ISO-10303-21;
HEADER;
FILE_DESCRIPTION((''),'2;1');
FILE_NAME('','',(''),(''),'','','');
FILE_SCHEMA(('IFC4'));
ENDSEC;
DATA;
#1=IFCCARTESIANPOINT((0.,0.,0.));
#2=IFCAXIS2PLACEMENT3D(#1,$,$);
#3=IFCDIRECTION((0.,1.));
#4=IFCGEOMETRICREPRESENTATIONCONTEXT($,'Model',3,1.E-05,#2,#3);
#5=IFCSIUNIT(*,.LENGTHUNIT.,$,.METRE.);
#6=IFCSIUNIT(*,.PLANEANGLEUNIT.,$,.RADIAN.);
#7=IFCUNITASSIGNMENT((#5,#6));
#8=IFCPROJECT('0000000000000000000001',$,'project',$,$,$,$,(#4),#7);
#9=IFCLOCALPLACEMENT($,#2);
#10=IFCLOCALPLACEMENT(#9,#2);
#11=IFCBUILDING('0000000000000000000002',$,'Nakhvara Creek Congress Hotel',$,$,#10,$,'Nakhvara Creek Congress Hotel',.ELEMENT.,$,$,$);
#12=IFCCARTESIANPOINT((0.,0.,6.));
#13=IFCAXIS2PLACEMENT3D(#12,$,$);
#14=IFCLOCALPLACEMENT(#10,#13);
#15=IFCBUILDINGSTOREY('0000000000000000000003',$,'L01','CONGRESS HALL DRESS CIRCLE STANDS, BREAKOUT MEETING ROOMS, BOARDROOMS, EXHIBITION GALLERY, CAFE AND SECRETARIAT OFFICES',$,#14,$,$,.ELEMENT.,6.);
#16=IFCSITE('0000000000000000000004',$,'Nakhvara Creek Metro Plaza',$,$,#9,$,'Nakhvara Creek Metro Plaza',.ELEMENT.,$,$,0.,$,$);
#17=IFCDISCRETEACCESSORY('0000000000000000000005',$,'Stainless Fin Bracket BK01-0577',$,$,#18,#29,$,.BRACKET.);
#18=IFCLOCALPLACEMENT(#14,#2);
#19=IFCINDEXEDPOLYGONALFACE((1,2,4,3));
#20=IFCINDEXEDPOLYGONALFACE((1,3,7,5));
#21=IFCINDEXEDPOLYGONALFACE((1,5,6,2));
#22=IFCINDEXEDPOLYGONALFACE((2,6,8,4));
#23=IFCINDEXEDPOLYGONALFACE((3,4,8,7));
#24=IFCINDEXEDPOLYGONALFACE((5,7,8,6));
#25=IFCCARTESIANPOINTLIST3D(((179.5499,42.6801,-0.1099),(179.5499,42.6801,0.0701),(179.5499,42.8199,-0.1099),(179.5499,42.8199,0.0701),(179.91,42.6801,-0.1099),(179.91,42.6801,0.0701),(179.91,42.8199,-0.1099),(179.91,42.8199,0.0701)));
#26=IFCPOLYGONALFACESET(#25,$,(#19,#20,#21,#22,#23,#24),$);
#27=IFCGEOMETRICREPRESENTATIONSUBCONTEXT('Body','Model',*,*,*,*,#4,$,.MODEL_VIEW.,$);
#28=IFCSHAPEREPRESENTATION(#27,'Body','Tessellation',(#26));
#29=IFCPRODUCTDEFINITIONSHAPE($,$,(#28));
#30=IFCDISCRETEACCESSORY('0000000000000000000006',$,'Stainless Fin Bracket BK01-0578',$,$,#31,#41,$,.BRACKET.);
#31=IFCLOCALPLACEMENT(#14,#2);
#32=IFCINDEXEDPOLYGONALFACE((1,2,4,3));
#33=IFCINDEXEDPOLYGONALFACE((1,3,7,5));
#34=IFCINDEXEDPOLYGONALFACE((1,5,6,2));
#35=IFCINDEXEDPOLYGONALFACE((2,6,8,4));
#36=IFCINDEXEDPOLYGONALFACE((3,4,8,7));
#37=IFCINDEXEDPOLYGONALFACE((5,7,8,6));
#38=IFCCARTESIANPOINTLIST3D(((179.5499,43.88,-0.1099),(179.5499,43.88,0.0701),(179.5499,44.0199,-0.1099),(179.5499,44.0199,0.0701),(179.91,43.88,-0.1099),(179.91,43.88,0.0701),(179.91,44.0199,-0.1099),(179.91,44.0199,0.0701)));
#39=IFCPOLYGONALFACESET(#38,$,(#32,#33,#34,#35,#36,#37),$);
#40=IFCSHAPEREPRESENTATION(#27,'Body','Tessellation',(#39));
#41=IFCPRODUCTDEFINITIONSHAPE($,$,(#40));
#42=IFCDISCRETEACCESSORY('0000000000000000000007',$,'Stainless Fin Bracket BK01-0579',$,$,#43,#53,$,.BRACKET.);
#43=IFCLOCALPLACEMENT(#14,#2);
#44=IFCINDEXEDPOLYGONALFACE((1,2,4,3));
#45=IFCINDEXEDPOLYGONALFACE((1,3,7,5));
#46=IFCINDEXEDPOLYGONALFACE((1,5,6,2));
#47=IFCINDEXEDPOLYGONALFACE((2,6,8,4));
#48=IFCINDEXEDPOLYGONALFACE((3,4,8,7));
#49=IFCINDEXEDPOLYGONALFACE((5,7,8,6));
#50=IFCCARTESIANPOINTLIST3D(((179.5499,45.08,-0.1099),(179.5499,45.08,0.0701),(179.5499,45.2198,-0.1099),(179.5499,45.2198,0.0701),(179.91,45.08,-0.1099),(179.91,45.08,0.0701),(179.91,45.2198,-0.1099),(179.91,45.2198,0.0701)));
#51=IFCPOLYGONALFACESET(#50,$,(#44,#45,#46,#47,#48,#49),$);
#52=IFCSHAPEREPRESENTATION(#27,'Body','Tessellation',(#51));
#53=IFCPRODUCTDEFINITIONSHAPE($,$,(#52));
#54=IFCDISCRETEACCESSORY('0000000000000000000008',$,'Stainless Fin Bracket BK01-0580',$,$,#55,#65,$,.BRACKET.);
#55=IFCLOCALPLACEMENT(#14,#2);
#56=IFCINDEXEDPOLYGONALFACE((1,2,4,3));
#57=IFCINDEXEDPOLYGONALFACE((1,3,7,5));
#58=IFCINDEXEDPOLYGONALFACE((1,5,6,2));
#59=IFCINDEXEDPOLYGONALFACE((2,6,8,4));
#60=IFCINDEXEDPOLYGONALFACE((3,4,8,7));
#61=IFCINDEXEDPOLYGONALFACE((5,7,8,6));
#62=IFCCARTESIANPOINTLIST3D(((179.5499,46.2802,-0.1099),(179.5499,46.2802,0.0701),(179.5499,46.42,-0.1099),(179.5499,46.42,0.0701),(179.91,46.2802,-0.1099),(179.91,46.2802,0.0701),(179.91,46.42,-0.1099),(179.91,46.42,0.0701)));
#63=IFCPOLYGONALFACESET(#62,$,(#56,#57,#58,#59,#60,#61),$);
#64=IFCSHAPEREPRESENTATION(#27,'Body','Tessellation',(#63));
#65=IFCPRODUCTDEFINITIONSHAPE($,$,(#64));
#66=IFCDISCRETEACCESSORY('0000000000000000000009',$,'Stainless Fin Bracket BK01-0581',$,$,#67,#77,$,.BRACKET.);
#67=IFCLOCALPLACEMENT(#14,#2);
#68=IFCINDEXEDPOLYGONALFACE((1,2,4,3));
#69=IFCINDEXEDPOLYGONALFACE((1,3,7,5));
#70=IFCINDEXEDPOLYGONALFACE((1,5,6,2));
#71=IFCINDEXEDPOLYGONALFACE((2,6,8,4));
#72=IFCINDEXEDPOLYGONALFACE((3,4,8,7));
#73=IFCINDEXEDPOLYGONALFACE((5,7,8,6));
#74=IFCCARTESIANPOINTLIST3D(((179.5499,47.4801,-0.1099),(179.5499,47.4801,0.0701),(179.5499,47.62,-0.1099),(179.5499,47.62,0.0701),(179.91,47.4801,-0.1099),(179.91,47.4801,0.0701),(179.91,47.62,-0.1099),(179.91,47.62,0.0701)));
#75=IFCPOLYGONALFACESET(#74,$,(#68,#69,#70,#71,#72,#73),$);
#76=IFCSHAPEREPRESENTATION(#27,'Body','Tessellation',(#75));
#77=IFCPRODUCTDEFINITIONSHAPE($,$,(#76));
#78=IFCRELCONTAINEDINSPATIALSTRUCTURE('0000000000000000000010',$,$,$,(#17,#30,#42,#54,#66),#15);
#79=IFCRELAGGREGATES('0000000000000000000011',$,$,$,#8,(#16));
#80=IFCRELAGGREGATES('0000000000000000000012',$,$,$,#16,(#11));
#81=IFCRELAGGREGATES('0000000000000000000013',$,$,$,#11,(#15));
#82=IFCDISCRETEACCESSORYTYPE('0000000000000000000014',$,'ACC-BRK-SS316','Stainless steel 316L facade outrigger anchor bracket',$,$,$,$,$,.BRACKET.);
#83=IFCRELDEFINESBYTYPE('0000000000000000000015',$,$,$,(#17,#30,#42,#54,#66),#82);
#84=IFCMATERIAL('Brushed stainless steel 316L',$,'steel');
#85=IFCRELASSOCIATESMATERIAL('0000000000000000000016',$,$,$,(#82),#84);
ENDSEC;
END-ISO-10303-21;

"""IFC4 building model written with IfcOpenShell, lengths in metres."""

from ifc_helpers import new_model, si_unit, direction, frame, origin, origin_2d, place, context, subcontext, project, spatial, rectangle, extrude, material, type_object, element, save


model = new_model("IFC4")

# Units and contexts
model_context = context("Model", 3, precision=1e-05, world=origin(), true_north=direction((0.0, 1.0)))
body_context = subcontext(model_context, "Body", "Model", "MODEL_VIEW")
ifc_project = project(units=[si_unit("LENGTHUNIT", "METRE"), si_unit("PLANEANGLEUNIT", "RADIAN")], contexts=[model_context])

# Site, building, storey
site_placement = place(None, origin())
site = spatial("IfcSite", under=ifc_project, at=site_placement, Name="Nakhvara Creek Metro Plaza", LongName="Nakhvara Creek Metro Plaza", CompositionType="ELEMENT", RefElevation=0.0)
building_placement = place(site_placement, origin())
building = spatial("IfcBuilding", under=site, at=building_placement, Name="Nakhvara Creek Congress Hotel", LongName="Nakhvara Creek Congress Hotel", CompositionType="ELEMENT")
storey_placement = place(building_placement, frame((0.0, 0.0, 6.0)))
storey = spatial("IfcBuildingStorey", under=building, at=storey_placement, Name="L01", Description="CONGRESS HALL DRESS CIRCLE STANDS, BREAKOUT MEETING ROOMS, BOARDROOMS, EXHIBITION GALLERY, CAFE AND SECRETARIAT OFFICES", CompositionType="ELEMENT", Elevation=6.0)

# Discrete accessories
ifc_material_1 = material(Name="Brushed stainless steel 316L", Category="steel")
discrete_accessory_type = type_object("IfcDiscreteAccessoryType", Name="ACC-BRK-SS316", Description="Stainless steel 316L facade outrigger anchor bracket", PredefinedType="BRACKET", material=ifc_material_1)
for number, where, z_axis, x_axis, name in (
    (1, (179.73, 42.75, -0.1099), (0.0, 0.0, 1.0), (0.0, 1.0, 0.0), "Stainless Fin Bracket BK01-0577"),
    (2, (179.73, 43.95, -0.1099), (0.0, 0.0, 1.0), (0.0, 1.0, 0.0), "Stainless Fin Bracket BK01-0578"),
    (3, (179.73, 45.1499, -0.1099), (0.0, 0.0, 1.0), (0.0, 1.0, 0.0), "Stainless Fin Bracket BK01-0579"),
    (4, (179.73, 46.3501, -0.1099), (0.0, 0.0, 1.0), (0.0, 1.0, 0.0), "Stainless Fin Bracket BK01-0580"),
    (5, (179.73, 47.55, -0.1099), (0.0, 0.0, 1.0), (0.0, 1.0, 0.0), "Stainless Fin Bracket BK01-0581"),
):
    element("IfcDiscreteAccessory", number, at=place(storey_placement, frame(where, z_axis=z_axis, x_axis=x_axis)), inside=storey, type_object=discrete_accessory_type, Name=name, PredefinedType="BRACKET", context=body_context, shape_type="SweptSolid", body=[
        extrude(rectangle(XDim=0.1399, YDim=0.3601, at=origin_2d()), origin(), (0.0, 0.0, 1.0), 0.1799),
    ])

save(model, "model.ifc")
